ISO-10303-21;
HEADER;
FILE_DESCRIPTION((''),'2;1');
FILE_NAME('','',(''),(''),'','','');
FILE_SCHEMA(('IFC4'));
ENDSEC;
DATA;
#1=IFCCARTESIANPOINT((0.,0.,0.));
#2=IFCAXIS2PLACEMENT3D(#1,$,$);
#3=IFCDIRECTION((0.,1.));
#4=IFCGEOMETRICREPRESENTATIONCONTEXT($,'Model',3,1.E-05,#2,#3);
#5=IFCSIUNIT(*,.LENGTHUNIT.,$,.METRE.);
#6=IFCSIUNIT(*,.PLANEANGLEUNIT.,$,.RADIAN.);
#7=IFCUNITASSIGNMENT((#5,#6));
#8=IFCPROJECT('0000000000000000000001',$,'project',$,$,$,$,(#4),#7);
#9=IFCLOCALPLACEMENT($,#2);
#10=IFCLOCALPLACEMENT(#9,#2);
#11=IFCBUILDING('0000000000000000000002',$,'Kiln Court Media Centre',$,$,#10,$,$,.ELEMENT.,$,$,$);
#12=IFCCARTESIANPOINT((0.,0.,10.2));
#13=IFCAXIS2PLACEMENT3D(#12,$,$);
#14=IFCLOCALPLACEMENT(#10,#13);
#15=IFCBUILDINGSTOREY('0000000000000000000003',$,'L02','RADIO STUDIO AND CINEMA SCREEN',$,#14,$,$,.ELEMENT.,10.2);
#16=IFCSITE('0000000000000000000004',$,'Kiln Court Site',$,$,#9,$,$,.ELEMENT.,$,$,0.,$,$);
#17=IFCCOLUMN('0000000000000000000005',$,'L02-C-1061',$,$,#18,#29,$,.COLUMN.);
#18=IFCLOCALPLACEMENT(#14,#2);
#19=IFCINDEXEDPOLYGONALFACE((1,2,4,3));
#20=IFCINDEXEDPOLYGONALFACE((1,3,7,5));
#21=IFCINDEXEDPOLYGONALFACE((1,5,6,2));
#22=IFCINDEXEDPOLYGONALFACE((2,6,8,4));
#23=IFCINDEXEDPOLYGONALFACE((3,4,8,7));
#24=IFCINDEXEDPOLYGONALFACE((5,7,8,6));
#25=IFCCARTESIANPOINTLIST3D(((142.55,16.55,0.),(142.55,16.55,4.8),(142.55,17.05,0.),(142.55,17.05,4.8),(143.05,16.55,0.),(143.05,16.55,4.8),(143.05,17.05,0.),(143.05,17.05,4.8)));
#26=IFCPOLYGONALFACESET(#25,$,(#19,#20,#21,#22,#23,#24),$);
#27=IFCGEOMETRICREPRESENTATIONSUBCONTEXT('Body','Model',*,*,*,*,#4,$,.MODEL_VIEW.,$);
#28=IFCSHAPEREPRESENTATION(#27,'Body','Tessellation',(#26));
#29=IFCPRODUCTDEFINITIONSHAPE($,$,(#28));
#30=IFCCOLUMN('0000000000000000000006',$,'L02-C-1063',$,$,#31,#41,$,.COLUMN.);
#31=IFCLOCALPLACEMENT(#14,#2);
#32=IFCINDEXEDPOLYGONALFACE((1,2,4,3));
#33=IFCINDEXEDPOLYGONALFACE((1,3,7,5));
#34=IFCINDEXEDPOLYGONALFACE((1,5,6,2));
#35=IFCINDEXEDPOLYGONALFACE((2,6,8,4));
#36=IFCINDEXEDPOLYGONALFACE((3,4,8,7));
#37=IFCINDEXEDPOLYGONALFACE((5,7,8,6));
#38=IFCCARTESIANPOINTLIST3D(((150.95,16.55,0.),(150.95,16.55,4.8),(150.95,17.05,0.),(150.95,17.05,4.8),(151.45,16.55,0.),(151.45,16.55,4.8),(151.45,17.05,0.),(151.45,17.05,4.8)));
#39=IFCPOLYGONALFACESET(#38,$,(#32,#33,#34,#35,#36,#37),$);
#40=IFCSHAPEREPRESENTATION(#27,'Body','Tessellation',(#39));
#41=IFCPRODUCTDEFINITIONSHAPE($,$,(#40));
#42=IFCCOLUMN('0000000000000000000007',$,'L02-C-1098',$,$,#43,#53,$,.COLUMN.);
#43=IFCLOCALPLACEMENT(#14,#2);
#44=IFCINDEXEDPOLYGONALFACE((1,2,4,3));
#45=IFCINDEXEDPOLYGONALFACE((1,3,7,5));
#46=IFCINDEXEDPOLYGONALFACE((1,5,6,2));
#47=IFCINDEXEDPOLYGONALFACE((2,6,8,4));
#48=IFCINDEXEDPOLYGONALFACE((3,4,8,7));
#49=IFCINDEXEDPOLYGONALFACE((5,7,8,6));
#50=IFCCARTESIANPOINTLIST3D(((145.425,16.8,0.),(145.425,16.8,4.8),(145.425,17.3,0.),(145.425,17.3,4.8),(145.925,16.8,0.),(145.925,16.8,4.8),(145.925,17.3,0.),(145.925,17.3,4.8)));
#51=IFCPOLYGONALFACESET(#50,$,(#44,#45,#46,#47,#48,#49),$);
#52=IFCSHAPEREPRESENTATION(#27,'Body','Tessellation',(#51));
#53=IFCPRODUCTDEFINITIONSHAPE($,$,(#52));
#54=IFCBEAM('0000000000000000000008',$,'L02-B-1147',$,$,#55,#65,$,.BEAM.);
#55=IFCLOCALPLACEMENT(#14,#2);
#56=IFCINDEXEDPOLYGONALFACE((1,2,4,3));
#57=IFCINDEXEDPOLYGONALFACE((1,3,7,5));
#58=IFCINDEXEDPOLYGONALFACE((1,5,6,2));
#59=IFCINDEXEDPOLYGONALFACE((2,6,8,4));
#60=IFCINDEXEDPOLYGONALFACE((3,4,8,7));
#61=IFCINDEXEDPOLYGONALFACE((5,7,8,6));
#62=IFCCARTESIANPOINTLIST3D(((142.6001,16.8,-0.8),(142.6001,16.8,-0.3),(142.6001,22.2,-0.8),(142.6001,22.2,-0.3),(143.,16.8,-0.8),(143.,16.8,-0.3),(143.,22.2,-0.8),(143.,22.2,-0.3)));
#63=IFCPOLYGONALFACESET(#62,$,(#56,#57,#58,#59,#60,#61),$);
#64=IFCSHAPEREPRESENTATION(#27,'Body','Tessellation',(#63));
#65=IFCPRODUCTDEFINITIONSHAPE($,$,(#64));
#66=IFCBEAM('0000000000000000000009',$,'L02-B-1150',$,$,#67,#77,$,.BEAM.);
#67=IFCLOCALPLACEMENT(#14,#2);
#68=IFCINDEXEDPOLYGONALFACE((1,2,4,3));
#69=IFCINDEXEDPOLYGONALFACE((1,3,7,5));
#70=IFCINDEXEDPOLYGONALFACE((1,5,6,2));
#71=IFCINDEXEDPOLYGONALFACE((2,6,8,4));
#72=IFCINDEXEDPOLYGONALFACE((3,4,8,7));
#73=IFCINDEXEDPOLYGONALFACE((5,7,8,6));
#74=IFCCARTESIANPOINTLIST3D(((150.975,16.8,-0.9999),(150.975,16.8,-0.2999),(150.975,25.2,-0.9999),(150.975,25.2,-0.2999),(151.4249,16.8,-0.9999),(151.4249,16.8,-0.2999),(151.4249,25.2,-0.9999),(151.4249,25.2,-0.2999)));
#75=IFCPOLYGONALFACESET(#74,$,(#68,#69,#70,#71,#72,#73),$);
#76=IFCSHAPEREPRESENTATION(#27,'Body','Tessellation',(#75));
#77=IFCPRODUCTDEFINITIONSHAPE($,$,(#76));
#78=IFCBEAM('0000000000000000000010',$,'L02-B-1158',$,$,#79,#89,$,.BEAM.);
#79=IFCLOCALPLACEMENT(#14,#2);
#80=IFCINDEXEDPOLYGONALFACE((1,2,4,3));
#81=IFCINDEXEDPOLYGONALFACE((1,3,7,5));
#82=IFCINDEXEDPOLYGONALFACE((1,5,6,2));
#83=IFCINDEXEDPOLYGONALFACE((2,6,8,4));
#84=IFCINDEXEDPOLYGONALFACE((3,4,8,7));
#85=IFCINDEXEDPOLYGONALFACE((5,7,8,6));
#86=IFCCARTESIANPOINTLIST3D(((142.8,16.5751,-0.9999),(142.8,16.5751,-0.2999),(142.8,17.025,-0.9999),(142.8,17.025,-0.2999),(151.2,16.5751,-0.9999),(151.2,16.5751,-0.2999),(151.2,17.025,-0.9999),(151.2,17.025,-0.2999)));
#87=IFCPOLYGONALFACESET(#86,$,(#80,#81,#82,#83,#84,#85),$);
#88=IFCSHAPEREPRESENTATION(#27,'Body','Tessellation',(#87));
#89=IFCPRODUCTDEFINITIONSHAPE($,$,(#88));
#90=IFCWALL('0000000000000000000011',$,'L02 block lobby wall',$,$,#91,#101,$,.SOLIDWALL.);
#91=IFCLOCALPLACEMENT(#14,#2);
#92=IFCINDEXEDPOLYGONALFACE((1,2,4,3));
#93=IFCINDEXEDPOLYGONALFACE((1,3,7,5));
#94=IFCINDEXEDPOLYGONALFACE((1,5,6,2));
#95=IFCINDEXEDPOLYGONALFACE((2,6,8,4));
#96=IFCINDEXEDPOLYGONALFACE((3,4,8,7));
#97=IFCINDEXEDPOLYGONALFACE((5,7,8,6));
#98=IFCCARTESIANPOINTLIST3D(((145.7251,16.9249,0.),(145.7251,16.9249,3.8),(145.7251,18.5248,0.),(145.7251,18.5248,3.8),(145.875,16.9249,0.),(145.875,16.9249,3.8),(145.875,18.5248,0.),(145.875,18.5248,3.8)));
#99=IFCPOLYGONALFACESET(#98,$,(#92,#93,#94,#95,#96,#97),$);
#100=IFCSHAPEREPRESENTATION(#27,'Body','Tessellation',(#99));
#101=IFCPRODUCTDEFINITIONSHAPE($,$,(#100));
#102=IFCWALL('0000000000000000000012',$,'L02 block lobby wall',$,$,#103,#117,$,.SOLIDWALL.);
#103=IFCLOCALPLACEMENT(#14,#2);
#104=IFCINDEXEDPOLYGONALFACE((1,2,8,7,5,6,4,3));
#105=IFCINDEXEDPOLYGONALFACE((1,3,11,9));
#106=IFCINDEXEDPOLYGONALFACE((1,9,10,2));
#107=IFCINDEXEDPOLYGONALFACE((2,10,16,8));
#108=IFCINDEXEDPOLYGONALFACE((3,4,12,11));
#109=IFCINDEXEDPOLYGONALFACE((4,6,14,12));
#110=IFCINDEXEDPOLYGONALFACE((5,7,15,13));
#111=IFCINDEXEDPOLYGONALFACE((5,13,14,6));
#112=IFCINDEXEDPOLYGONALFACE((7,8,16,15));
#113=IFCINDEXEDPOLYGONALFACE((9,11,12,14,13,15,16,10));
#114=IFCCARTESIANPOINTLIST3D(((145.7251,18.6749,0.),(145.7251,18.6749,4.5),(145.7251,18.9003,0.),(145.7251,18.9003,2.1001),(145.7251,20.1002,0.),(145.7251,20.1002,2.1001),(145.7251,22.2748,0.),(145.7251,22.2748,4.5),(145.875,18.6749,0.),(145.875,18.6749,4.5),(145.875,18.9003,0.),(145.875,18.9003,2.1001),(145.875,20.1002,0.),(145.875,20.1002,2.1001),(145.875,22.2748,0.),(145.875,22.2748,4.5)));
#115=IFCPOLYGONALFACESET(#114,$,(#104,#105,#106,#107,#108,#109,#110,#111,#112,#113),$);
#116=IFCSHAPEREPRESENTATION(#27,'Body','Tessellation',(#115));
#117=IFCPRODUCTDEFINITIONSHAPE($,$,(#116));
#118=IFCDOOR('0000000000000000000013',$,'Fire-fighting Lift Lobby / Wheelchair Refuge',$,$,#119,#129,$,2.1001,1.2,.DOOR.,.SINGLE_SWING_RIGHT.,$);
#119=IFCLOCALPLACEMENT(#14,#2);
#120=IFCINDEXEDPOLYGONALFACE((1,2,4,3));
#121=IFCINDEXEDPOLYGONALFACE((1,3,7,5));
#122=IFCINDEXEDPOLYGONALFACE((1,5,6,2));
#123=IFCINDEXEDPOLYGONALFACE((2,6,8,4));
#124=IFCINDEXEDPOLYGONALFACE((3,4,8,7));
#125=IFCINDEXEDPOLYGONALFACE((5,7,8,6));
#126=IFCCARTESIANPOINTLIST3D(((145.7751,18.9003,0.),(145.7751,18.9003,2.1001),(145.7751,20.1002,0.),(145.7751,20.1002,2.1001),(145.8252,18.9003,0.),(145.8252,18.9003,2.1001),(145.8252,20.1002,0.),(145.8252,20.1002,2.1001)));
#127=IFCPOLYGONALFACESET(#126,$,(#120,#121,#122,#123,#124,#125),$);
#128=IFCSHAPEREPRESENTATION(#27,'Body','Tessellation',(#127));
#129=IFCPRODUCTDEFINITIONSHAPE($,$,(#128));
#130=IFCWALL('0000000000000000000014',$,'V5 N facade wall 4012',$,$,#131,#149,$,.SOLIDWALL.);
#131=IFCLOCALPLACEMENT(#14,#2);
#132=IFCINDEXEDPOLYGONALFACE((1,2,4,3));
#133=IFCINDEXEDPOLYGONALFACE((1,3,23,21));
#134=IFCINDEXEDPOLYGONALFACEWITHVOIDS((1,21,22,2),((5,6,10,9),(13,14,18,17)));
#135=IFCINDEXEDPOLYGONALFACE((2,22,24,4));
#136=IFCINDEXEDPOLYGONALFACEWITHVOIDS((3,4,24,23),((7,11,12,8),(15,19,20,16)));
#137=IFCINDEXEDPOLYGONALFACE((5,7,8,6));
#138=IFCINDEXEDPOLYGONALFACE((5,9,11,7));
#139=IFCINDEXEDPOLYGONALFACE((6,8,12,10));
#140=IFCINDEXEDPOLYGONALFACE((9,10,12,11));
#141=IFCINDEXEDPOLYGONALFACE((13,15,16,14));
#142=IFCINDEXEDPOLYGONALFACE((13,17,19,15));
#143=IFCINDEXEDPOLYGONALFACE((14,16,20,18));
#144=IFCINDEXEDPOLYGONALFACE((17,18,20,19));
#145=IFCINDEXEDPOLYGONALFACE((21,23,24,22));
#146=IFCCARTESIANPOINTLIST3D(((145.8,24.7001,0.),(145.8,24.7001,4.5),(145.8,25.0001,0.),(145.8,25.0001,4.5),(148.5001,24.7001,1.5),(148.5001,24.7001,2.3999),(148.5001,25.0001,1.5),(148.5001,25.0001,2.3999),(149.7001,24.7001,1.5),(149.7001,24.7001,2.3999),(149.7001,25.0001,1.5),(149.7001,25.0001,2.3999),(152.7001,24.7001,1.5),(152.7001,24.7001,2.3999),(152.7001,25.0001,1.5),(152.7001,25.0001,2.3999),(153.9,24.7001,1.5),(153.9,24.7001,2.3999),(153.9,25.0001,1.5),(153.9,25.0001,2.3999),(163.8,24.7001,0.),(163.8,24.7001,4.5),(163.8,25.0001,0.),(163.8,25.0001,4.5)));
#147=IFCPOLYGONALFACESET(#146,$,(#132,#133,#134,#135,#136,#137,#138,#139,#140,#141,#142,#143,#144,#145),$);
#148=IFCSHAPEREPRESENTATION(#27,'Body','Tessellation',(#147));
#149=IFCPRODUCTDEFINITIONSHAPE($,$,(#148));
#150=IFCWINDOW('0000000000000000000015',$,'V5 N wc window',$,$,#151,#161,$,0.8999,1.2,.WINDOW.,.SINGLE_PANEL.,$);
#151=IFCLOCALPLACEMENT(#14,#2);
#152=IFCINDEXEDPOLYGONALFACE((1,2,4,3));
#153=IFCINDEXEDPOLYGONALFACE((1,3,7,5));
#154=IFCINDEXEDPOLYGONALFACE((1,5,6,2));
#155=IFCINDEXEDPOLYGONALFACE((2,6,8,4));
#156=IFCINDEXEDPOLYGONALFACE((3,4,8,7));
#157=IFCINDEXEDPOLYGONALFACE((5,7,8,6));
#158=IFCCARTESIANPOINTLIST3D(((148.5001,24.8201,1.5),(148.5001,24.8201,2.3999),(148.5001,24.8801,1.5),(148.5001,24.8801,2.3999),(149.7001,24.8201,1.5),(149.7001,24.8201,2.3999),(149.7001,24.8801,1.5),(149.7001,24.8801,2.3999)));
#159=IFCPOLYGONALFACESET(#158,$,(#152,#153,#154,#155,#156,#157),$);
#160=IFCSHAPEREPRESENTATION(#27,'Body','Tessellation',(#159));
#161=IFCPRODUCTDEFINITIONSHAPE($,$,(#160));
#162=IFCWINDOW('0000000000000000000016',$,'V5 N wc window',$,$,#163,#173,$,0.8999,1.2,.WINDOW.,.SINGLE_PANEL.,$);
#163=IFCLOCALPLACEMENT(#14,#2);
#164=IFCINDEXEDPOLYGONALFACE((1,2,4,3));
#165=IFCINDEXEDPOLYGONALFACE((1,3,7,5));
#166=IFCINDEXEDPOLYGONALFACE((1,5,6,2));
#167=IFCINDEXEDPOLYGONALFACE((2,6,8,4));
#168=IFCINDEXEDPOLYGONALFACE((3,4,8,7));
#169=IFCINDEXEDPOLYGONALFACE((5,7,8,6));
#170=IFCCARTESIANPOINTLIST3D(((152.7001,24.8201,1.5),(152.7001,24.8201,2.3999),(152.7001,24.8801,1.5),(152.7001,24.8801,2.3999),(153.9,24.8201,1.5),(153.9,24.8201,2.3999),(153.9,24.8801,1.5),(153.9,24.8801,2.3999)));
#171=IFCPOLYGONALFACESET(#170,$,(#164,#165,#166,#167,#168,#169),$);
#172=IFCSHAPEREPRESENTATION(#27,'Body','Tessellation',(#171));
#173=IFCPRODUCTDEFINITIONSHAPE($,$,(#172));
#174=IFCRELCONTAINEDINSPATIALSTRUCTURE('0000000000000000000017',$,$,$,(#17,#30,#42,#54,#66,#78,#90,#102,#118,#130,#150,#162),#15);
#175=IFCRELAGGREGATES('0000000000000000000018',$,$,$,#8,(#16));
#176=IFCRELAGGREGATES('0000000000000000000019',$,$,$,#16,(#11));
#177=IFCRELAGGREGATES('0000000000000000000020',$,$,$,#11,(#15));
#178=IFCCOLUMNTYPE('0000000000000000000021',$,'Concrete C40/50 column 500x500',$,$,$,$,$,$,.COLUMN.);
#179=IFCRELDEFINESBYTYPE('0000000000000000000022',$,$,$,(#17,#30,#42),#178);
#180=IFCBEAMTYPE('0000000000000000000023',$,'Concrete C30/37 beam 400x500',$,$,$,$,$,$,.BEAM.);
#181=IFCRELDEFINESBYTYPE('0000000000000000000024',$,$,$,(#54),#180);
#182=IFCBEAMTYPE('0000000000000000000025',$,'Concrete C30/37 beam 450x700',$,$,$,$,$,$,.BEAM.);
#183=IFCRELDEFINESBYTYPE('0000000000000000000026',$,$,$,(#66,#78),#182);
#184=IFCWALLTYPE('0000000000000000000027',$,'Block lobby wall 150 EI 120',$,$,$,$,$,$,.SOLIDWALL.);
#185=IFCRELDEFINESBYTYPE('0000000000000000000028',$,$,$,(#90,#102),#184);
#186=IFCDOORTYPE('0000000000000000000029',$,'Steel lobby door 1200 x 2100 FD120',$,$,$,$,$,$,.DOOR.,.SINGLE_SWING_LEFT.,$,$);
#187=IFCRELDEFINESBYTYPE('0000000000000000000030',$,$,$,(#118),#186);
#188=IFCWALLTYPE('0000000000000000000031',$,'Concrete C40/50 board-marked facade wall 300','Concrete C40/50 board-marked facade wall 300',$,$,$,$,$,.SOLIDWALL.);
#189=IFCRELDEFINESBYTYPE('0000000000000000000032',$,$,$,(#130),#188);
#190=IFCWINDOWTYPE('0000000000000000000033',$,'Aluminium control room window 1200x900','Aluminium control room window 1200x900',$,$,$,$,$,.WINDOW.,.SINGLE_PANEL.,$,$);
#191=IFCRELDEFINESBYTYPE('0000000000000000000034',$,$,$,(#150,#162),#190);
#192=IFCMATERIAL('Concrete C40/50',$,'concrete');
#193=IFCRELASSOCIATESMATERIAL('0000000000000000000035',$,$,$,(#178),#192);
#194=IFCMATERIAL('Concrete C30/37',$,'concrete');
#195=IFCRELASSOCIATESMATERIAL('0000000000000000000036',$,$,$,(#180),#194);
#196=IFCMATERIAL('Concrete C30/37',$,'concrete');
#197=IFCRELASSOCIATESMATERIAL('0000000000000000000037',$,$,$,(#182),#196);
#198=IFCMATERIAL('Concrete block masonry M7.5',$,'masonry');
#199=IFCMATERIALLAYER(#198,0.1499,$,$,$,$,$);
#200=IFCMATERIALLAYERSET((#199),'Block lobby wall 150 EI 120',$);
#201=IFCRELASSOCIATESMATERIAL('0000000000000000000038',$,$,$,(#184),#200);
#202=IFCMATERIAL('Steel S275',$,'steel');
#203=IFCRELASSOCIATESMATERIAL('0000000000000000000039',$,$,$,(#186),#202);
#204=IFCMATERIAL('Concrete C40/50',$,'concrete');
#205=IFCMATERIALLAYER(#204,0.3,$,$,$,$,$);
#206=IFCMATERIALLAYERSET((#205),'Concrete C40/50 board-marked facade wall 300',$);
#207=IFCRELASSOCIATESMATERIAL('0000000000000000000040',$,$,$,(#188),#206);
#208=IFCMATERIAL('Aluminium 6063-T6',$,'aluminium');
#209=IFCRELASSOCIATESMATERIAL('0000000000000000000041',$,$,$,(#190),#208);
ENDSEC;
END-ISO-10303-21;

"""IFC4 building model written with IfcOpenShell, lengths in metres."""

from ifc_helpers import new_model, si_unit, direction, frame, frame_2d, origin, origin_2d, place, context, subcontext, project, spatial, rectangle, extrude, material, layer, layer_set, material_profile, profile_set, type_object, element, fill, save


model = new_model("IFC4")

# Units and contexts
model_context = context("Model", 3, precision=1e-05, world=origin(), true_north=direction((0.0, 1.0)))
body_context = subcontext(model_context, "Body", "Model", "MODEL_VIEW")
ifc_project = project(units=[si_unit("LENGTHUNIT", "METRE"), si_unit("PLANEANGLEUNIT", "RADIAN")], contexts=[model_context])

# Site, building, storey
site_placement = place(None, origin())
site = spatial("IfcSite", under=ifc_project, at=site_placement, Name="Kiln Court Site", CompositionType="ELEMENT", RefElevation=0.0)
building_placement = place(site_placement, origin())
building = spatial("IfcBuilding", under=site, at=building_placement, Name="Kiln Court Media Centre", CompositionType="ELEMENT")
storey_placement = place(building_placement, frame((0.0, 0.0, 10.2)))
storey = spatial("IfcBuildingStorey", under=building, at=storey_placement, Name="L02", Description="RADIO STUDIO AND CINEMA SCREEN", CompositionType="ELEMENT", Elevation=10.2)

# Columns
ifc_material_1 = material(Name="Concrete C40/50", Category="concrete")
ifc_material_profile_1 = material_profile(ifc_material_1, rectangle(XDim=0.5, YDim=0.5, at=origin_2d()), Name="RC 500x500")
ifc_profile_set_1 = profile_set([ifc_material_profile_1], Name="Concrete C40/50")
column_type = type_object("IfcColumnType", Name="Concrete C40/50 column 500x500", PredefinedType="COLUMN", material=ifc_profile_set_1)
for number, where, z_axis, x_axis, name in (
    (1, (142.8, 16.8, 0.0), (0.0, 0.0, 1.0), (1.0, 0.0, 0.0), "L02-C-1061"),
    (2, (151.2, 16.8, 0.0), (0.0, 0.0, 1.0), (1.0, 0.0, 0.0), "L02-C-1063"),
    (3, (145.675, 17.05, 0.0), (0.0, 0.0, 1.0), (1.0, 0.0, 0.0), "L02-C-1098"),
):
    element("IfcColumn", number, at=place(storey_placement, frame(where, z_axis=z_axis, x_axis=x_axis)), inside=storey, type_object=column_type, Name=name, PredefinedType="COLUMN", context=body_context, shape_type="SweptSolid", body=[
        extrude(rectangle(XDim=0.5, YDim=0.5, at=origin_2d()), origin(), (0.0, 0.0, 1.0), 4.8),
    ])

# Beams
ifc_material_2 = material(Name="Concrete C30/37", Category="concrete")
ifc_material_profile_2 = material_profile(ifc_material_2, rectangle(XDim=0.3999, YDim=0.5, at=origin_2d()), Name="RC 400x500")
ifc_profile_set_2 = profile_set([ifc_material_profile_2], Name="Concrete C30/37")
beam_type_1 = type_object("IfcBeamType", Name="Concrete C30/37 beam 400x500", PredefinedType="BEAM", material=ifc_profile_set_2)
beam_placement = place(storey_placement, frame((142.8, 16.8, -0.55), z_axis=(0.0, 1.0, 0.0), x_axis=(-1.0, 0.0, 0.0)))
element("IfcBeam", 4, at=beam_placement, inside=storey, type_object=beam_type_1, Name="L02-B-1147", PredefinedType="BEAM", context=body_context, shape_type="SweptSolid", body=[
    extrude(rectangle(XDim=0.3999, YDim=0.5, at=origin_2d()), origin(), (0.0, 0.0, 1.0), 5.3999),
])
ifc_material_3 = material(Name="Concrete C30/37", Category="concrete")
ifc_material_profile_3 = material_profile(ifc_material_3, rectangle(XDim=0.45, YDim=0.7, at=origin_2d()), Name="RC 450x700")
ifc_profile_set_3 = profile_set([ifc_material_profile_3], Name="Concrete C30/37")
beam_type_2 = type_object("IfcBeamType", Name="Concrete C30/37 beam 450x700", PredefinedType="BEAM", material=ifc_profile_set_3)
for number, where, z_axis, x_axis, name in (
    (5, (151.2, 16.8, -0.6499), (0.0, 1.0, 0.0), (-1.0, 0.0, 0.0), "L02-B-1150"),
    (6, (142.8, 16.8, -0.6499), (1.0, 0.0, 0.0), (0.0, 1.0, 0.0), "L02-B-1158"),
):
    element("IfcBeam", number, at=place(storey_placement, frame(where, z_axis=z_axis, x_axis=x_axis)), inside=storey, type_object=beam_type_2, Name=name, PredefinedType="BEAM", context=body_context, shape_type="SweptSolid", body=[
        extrude(rectangle(XDim=0.45, YDim=0.7, at=origin_2d()), origin(), (0.0, 0.0, 1.0), 8.3999),
    ])

# Wall
ifc_material_4 = material(Name="Concrete block masonry M7.5", Category="masonry")
ifc_layer_1 = layer(ifc_material_4, 0.1499)
ifc_layer_set_1 = layer_set([ifc_layer_1], Name="Block lobby wall 150 EI 120")
wall_type_1 = type_object("IfcWallType", Name="Block lobby wall 150 EI 120", PredefinedType="SOLIDWALL", material=ifc_layer_set_1)
wall_1_placement = place(storey_placement, frame((145.8, 16.925, 0.0), z_axis=(0.0, 0.0, 1.0), x_axis=(0.0, 1.0, 0.0)))
element("IfcWall", 7, at=wall_1_placement, inside=storey, type_object=wall_type_1, Name="L02 block lobby wall", PredefinedType="SOLIDWALL", context=body_context, shape_type="SweptSolid", body=[
    extrude(rectangle(XDim=1.5999, YDim=0.1499, at=frame_2d((0.7998, 0.0))), origin(), (0.0, 0.0, 1.0), 3.8),
])

# Wall, opening, door
wall_2_placement = place(storey_placement, frame((145.8, 18.675, 0.0), z_axis=(0.0, 0.0, 1.0), x_axis=(0.0, 1.0, 0.0)))
wall_2 = element("IfcWall", 8, at=wall_2_placement, inside=storey, type_object=wall_type_1, Name="L02 block lobby wall", PredefinedType="SOLIDWALL", context=body_context, shape_type="SweptSolid", body=[
    extrude(rectangle(XDim=3.5999, YDim=0.1499, at=frame_2d((1.7998, 0.0))), origin(), (0.0, 0.0, 1.0), 4.5),
])
opening_1_placement = place(wall_2_placement, frame((0.2251, 0.0, 0.0)))
opening_1 = element("IfcOpeningElement", 9, at=opening_1_placement, cuts=wall_2, PredefinedType="OPENING", context=body_context, shape_type="SweptSolid", body=[
    extrude(rectangle(XDim=1.2, YDim=2.1001, at=frame_2d((0.6001, 1.05))), frame((0.0, 0.085, 0.0), z_axis=(0.0, -1.0, 0.0), x_axis=(1.0, 0.0, 0.0)), (0.0, 0.0, 1.0), 0.1699),
])
ifc_material_5 = material(Name="Steel S275", Category="steel")
door_type_1 = type_object("IfcDoorType", Name="Steel lobby door 1200 x 2100 FD120", OperationType="SINGLE_SWING_LEFT", PredefinedType="DOOR", material=ifc_material_5)
door_1_placement = place(opening_1_placement, origin())
door_1 = element("IfcDoor", 10, at=door_1_placement, inside=storey, type_object=door_type_1, Name="Fire-fighting Lift Lobby / Wheelchair Refuge", OperationType="SINGLE_SWING_RIGHT", OverallHeight=2.1001, OverallWidth=1.2, PredefinedType="DOOR", context=body_context, shape_type="SweptSolid", body=[
    extrude(rectangle(XDim=1.2, YDim=2.1001, at=frame_2d((0.6001, 1.05))), frame((0.0, 0.0249, 0.0), z_axis=(0.0, -1.0, 0.0), x_axis=(1.0, 0.0, 0.0)), (0.0, 0.0, 1.0), 0.05),
])
fill(opening_1, door_1)

# Wall, openings, windows
ifc_material_6 = material(Name="Concrete C40/50", Category="concrete")
ifc_layer_2 = layer(ifc_material_6, 0.3)
ifc_layer_set_2 = layer_set([ifc_layer_2], Name="Concrete C40/50 board-marked facade wall 300")
wall_type_2 = type_object("IfcWallType", Name="Concrete C40/50 board-marked facade wall 300", Description="Concrete C40/50 board-marked facade wall 300", PredefinedType="SOLIDWALL", material=ifc_layer_set_2)
wall_3_placement = place(storey_placement, frame((145.8, 24.8501, 0.0), z_axis=(0.0, 0.0, 1.0), x_axis=(1.0, 0.0, 0.0)))
wall_3 = element("IfcWall", 11, at=wall_3_placement, inside=storey, type_object=wall_type_2, Name="V5 N facade wall 4012", PredefinedType="SOLIDWALL", context=body_context, shape_type="SweptSolid", body=[
    extrude(rectangle(XDim=18.0, YDim=0.3, at=frame_2d((9.0, 0.0))), origin(), (0.0, 0.0, 1.0), 4.5),
])
opening_2_placement = place(wall_3_placement, frame((2.7, 0.0, 1.5)))
opening_2 = element("IfcOpeningElement", 12, at=opening_2_placement, cuts=wall_3, PredefinedType="OPENING", context=body_context, shape_type="SweptSolid", body=[
    extrude(rectangle(XDim=1.2, YDim=0.8999, at=frame_2d((0.6001, 0.45))), frame((0.0, 0.1599, 0.0), z_axis=(0.0, -1.0, 0.0), x_axis=(1.0, 0.0, 0.0)), (0.0, 0.0, 1.0), 0.3201),
])
opening_3_placement = place(wall_3_placement, frame((6.8999, 0.0, 1.5)))
opening_3 = element("IfcOpeningElement", 13, at=opening_3_placement, cuts=wall_3, PredefinedType="OPENING", context=body_context, shape_type="SweptSolid", body=[
    extrude(rectangle(XDim=1.2, YDim=0.8999, at=frame_2d((0.6001, 0.45))), frame((0.0, 0.1599, 0.0), z_axis=(0.0, -1.0, 0.0), x_axis=(1.0, 0.0, 0.0)), (0.0, 0.0, 1.0), 0.3201),
])
ifc_material_7 = material(Name="Aluminium 6063-T6", Category="aluminium")
window_type = type_object("IfcWindowType", Name="Aluminium control room window 1200x900", Description="Aluminium control room window 1200x900", PartitioningType="SINGLE_PANEL", PredefinedType="WINDOW", material=ifc_material_7)
window_1_placement = place(opening_2_placement, origin())
window_1 = element("IfcWindow", 14, at=window_1_placement, inside=storey, type_object=window_type, Name="V5 N wc window", OverallHeight=0.8999, OverallWidth=1.2, PartitioningType="SINGLE_PANEL", PredefinedType="WINDOW", context=body_context, shape_type="SweptSolid", body=[
    extrude(rectangle(XDim=1.2, YDim=0.8999, at=frame_2d((0.6001, 0.45))), frame((0.0, 0.03, 0.0), z_axis=(0.0, -1.0, 0.0), x_axis=(1.0, 0.0, 0.0)), (0.0, 0.0, 1.0), 0.0601),
])
fill(opening_2, window_1)
window_2_placement = place(opening_3_placement, origin())
window_2 = element("IfcWindow", 15, at=window_2_placement, inside=storey, type_object=window_type, Name="V5 N wc window", OverallHeight=0.8999, OverallWidth=1.2, PartitioningType="SINGLE_PANEL", PredefinedType="WINDOW", context=body_context, shape_type="SweptSolid", body=[
    extrude(rectangle(XDim=1.2, YDim=0.8999, at=frame_2d((0.6001, 0.45))), frame((0.0, 0.03, 0.0), z_axis=(0.0, -1.0, 0.0), x_axis=(1.0, 0.0, 0.0)), (0.0, 0.0, 1.0), 0.0601),
])
fill(opening_3, window_2)

save(model, "model.ifc")
